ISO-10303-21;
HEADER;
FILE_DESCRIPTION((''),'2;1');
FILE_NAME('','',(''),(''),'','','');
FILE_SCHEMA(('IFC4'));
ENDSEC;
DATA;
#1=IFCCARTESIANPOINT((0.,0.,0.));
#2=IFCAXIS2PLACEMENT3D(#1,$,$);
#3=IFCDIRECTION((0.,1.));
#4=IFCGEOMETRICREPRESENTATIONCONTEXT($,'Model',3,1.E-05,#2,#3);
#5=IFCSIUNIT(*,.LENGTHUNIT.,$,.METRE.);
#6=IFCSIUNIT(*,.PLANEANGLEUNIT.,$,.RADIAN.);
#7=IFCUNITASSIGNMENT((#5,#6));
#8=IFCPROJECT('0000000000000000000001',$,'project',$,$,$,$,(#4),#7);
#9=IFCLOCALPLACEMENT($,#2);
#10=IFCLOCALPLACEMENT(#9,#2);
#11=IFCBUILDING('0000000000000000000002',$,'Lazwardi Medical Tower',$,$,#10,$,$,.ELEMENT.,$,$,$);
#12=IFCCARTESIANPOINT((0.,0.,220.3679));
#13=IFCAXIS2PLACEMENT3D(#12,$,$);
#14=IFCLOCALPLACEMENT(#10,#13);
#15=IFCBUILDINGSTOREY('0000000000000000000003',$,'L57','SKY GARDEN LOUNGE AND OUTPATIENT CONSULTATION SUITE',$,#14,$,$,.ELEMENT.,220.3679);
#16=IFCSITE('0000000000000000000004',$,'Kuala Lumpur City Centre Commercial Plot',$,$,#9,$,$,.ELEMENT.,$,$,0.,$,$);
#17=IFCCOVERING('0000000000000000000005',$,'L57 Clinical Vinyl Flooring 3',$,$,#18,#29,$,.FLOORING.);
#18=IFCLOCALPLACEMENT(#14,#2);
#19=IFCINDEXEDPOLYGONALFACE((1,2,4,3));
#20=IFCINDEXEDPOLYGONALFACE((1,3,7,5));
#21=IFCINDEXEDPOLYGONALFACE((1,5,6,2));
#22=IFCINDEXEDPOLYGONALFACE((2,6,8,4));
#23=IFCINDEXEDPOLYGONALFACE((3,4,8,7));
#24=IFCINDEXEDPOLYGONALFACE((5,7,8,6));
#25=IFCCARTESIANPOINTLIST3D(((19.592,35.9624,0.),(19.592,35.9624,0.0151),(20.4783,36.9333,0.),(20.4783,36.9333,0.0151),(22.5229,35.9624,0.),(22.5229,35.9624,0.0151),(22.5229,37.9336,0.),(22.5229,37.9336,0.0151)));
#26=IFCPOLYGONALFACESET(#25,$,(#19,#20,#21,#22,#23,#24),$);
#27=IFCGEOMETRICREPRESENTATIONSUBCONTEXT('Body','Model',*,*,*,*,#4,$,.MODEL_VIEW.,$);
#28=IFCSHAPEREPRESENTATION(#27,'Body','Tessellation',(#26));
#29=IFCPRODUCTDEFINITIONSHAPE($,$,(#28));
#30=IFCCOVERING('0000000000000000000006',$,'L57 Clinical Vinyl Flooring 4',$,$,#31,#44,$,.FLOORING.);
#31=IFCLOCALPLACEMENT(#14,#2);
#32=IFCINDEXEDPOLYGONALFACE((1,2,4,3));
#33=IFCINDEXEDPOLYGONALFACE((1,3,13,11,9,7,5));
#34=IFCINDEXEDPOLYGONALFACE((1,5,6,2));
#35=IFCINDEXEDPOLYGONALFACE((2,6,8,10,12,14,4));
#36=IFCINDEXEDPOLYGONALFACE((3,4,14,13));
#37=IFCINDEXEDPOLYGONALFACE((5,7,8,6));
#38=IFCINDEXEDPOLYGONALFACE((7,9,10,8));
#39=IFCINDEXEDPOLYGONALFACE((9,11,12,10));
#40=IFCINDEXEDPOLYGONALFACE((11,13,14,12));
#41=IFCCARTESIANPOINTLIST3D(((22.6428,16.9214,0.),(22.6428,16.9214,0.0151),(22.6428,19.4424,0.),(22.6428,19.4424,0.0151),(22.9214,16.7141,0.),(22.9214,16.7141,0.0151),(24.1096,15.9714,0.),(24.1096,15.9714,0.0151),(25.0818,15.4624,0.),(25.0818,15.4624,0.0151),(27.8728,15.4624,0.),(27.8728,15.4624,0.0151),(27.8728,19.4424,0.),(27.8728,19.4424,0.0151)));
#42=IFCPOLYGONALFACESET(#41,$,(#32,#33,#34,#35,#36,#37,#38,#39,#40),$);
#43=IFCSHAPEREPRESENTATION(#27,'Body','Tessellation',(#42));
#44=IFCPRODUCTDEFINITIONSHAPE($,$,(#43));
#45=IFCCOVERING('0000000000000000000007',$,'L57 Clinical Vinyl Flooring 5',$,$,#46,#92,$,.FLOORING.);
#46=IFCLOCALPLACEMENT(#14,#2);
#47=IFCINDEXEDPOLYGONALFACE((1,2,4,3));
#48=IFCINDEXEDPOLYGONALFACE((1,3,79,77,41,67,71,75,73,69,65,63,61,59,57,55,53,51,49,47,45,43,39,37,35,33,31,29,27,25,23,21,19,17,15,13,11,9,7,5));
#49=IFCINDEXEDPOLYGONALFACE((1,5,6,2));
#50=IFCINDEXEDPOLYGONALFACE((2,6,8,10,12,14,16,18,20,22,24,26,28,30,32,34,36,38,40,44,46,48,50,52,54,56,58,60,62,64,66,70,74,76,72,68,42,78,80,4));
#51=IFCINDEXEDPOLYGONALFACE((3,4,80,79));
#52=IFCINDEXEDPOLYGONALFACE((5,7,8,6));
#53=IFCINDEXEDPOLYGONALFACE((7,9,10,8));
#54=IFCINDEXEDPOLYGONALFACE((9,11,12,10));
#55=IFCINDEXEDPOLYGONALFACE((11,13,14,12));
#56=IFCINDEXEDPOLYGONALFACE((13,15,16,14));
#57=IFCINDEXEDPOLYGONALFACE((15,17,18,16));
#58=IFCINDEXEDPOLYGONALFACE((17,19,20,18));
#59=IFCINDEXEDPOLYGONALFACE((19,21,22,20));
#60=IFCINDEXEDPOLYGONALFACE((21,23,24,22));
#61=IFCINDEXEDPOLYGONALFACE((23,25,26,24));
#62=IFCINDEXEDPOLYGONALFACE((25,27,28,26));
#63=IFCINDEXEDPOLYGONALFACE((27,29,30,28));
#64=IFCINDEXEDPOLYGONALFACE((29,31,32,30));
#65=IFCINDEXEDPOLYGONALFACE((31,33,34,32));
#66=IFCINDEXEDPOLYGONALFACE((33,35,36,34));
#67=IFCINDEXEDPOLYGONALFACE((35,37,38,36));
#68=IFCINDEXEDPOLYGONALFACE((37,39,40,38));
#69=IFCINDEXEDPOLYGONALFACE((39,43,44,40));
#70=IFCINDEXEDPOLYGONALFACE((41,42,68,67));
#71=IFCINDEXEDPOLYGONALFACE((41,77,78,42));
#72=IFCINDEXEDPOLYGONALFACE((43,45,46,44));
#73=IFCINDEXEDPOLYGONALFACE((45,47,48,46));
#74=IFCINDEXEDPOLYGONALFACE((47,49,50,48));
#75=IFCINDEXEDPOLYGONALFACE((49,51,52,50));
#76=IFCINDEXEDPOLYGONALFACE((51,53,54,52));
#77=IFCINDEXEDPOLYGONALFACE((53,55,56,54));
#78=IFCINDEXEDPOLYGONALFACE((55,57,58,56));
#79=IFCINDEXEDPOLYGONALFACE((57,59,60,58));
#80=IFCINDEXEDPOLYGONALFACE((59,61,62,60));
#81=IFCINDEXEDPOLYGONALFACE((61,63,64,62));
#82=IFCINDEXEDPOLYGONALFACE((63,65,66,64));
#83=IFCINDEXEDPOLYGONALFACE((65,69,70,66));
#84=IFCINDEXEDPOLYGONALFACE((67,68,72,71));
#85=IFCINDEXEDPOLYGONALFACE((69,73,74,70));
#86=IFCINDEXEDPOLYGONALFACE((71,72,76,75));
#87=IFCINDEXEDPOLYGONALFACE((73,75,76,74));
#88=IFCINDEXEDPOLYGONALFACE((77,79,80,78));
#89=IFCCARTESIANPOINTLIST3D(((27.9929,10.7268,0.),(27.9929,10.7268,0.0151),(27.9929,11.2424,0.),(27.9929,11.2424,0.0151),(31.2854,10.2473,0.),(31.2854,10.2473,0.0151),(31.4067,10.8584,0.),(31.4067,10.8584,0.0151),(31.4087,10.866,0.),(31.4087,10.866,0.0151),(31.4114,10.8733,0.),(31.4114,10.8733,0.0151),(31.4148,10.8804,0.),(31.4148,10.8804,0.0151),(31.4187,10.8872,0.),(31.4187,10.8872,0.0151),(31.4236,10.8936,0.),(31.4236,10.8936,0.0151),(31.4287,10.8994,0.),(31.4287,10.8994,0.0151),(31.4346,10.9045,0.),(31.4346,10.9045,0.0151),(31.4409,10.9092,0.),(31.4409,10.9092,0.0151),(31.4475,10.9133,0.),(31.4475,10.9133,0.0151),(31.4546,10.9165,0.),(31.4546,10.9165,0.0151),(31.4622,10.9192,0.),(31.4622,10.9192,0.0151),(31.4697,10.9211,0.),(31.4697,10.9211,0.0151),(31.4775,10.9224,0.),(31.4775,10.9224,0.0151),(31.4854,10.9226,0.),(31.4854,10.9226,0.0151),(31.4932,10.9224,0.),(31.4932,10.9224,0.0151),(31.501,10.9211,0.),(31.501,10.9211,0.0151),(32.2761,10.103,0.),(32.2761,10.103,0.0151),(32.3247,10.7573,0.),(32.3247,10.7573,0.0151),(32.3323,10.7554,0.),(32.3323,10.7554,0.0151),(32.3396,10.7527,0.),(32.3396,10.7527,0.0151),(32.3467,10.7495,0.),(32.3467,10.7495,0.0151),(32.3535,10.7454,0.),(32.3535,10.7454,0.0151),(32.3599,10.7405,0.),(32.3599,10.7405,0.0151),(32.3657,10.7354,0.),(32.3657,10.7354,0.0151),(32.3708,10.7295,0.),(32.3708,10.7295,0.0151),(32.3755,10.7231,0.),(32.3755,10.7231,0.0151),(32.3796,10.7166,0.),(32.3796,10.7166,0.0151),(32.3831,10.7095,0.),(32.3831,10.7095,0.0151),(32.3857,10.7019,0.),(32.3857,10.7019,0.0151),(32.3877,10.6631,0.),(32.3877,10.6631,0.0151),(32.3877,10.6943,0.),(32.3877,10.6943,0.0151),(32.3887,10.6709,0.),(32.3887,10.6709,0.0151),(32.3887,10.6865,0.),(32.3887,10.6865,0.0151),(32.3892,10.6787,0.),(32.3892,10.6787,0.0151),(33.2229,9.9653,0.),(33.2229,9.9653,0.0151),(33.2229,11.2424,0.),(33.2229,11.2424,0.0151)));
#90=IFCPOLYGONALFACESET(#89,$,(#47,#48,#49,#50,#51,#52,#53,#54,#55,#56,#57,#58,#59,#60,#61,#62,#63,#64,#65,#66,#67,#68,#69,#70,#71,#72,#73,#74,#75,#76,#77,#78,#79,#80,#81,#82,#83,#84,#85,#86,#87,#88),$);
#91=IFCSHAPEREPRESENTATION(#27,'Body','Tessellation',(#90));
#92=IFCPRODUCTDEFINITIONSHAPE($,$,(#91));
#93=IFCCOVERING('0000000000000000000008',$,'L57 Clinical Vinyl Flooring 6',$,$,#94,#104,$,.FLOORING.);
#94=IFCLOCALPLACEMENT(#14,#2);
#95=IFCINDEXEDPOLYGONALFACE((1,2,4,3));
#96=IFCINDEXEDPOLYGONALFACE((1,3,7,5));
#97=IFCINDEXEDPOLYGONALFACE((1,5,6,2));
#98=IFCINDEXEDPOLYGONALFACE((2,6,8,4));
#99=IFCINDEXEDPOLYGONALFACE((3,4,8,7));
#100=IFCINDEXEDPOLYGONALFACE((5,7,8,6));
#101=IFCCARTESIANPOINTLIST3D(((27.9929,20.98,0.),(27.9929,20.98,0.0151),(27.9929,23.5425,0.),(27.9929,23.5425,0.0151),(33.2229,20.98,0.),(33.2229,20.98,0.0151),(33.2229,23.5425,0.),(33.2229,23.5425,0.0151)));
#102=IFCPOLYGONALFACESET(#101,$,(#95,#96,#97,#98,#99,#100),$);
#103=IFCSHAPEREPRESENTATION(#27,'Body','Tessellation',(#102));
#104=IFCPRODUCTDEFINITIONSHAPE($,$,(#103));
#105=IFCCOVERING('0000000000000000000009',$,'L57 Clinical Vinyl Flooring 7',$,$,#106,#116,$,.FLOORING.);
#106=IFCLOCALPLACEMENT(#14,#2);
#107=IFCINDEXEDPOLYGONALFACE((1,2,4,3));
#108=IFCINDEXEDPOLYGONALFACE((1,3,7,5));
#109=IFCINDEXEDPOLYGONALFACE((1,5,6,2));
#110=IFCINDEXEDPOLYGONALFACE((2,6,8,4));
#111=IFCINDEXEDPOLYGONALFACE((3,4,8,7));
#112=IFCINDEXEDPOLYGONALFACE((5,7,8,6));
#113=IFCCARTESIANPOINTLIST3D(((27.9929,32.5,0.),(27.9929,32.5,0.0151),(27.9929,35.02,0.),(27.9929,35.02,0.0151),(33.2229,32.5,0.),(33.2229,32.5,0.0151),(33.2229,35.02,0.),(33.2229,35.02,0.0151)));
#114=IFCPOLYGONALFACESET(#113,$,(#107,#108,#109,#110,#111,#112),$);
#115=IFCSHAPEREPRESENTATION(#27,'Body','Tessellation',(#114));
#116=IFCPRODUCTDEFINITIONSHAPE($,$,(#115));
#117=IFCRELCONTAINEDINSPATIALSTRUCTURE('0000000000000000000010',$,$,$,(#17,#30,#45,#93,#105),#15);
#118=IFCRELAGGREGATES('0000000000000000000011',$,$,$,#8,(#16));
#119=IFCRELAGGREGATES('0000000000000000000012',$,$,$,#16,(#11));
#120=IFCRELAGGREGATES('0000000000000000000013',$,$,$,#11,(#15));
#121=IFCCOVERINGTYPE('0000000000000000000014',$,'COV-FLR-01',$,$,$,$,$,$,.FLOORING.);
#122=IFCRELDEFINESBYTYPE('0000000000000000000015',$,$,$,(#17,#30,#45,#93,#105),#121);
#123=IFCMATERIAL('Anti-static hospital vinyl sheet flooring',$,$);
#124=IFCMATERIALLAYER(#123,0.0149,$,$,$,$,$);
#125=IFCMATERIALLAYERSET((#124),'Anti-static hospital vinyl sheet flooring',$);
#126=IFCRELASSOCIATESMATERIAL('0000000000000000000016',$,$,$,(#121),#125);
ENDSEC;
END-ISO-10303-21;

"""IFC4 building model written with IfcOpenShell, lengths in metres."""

from ifc_helpers import new_model, si_unit, direction, frame, origin, place, context, subcontext, project, spatial, polyline, outline, extrude, material, layer, layer_set, type_object, element, save


model = new_model("IFC4")

# Units and contexts
model_context = context("Model", 3, precision=1e-05, world=origin(), true_north=direction((0.0, 1.0)))
body_context = subcontext(model_context, "Body", "Model", "MODEL_VIEW")
ifc_project = project(units=[si_unit("LENGTHUNIT", "METRE"), si_unit("PLANEANGLEUNIT", "RADIAN")], contexts=[model_context])

# Site, building, storey
site_placement = place(None, origin())
site = spatial("IfcSite", under=ifc_project, at=site_placement, Name="Kuala Lumpur City Centre Commercial Plot", CompositionType="ELEMENT", RefElevation=0.0)
building_placement = place(site_placement, origin())
building = spatial("IfcBuilding", under=site, at=building_placement, Name="Lazwardi Medical Tower", CompositionType="ELEMENT")
storey_placement = place(building_placement, frame((0.0, 0.0, 220.3679)))
storey = spatial("IfcBuildingStorey", under=building, at=storey_placement, Name="L57", Description="SKY GARDEN LOUNGE AND OUTPATIENT CONSULTATION SUITE", CompositionType="ELEMENT", Elevation=220.3679)

# Coverings
ifc_material_1 = material(Name="Anti-static hospital vinyl sheet flooring")
ifc_layer_1 = layer(ifc_material_1, 0.0149)
ifc_layer_set_1 = layer_set([ifc_layer_1], Name="Anti-static hospital vinyl sheet flooring")
covering_type_1 = type_object("IfcCoveringType", Name="COV-FLR-01", PredefinedType="FLOORING", material=ifc_layer_set_1)
covering_1_placement = place(storey_placement, origin())
element("IfcCovering", 1, at=covering_1_placement, inside=storey, type_object=covering_type_1, Name="L57 Clinical Vinyl Flooring 3", PredefinedType="FLOORING", context=body_context, shape_type="SweptSolid", body=[
    extrude(outline(polyline([(22.5229, 37.9336), (20.4783, 36.9333), (19.592, 35.9624), (22.5229, 35.9624), (22.5229, 37.9336)])), origin(), (0.0, 0.0, 1.0), 0.0151),
])
covering_2_placement = place(storey_placement, origin())
element("IfcCovering", 2, at=covering_2_placement, inside=storey, type_object=covering_type_1, Name="L57 Clinical Vinyl Flooring 4", PredefinedType="FLOORING", context=body_context, shape_type="SweptSolid", body=[
    extrude(outline(polyline([(22.6428, 16.9214), (22.9214, 16.7141), (24.1096, 15.9714), (25.0818, 15.4624), (27.8728, 15.4624), (27.8728, 19.4424), (22.6428, 19.4424), (22.6428, 16.9214)])), origin(), (0.0, 0.0, 1.0), 0.0151),
])
covering_3_placement = place(storey_placement, origin())
element("IfcCovering", 3, at=covering_3_placement, inside=storey, type_object=covering_type_1, Name="L57 Clinical Vinyl Flooring 5", PredefinedType="FLOORING", context=body_context, shape_type="SweptSolid", body=[
    extrude(outline(polyline([(27.9929, 10.7268), (31.2854, 10.2473), (31.4067, 10.8584), (31.4087, 10.866), (31.4114, 10.8733), (31.4148, 10.8804), (31.4187, 10.8872), (31.4236, 10.8936), (31.4287, 10.8994), (31.4346, 10.9045), (31.4409, 10.9092), (31.4475, 10.9133), (31.4546, 10.9165), (31.4622, 10.9192), (31.4697, 10.9211), (31.4775, 10.9224), (31.4854, 10.9226), (31.4932, 10.9224), (31.501, 10.9211), (32.3247, 10.7573), (32.3323, 10.7554), (32.3396, 10.7527), (32.3467, 10.7495), (32.3535, 10.7454), (32.3599, 10.7405), (32.3657, 10.7354), (32.3708, 10.7295), (32.3755, 10.7231), (32.3796, 10.7166), (32.3831, 10.7095), (32.3857, 10.7019), (32.3877, 10.6943), (32.3887, 10.6865), (32.3892, 10.6787), (32.3887, 10.6709), (32.3877, 10.6631), (32.2761, 10.103), (33.2229, 9.9653), (33.2229, 11.2424), (27.9929, 11.2424), (27.9929, 10.7268)])), origin(), (0.0, 0.0, 1.0), 0.0151),
])
covering_4_placement = place(storey_placement, origin())
element("IfcCovering", 4, at=covering_4_placement, inside=storey, type_object=covering_type_1, Name="L57 Clinical Vinyl Flooring 6", PredefinedType="FLOORING", context=body_context, shape_type="SweptSolid", body=[
    extrude(outline(polyline([(27.9929, 20.98), (33.2229, 20.98), (33.2229, 23.5425), (27.9929, 23.5425), (27.9929, 20.98)])), origin(), (0.0, 0.0, 1.0), 0.0151),
])
covering_5_placement = place(storey_placement, origin())
element("IfcCovering", 5, at=covering_5_placement, inside=storey, type_object=covering_type_1, Name="L57 Clinical Vinyl Flooring 7", PredefinedType="FLOORING", context=body_context, shape_type="SweptSolid", body=[
    extrude(outline(polyline([(33.2229, 35.02), (27.9929, 35.02), (27.9929, 32.5), (33.2229, 32.5), (33.2229, 35.02)])), origin(), (0.0, 0.0, 1.0), 0.0151),
])

save(model, "model.ifc")
